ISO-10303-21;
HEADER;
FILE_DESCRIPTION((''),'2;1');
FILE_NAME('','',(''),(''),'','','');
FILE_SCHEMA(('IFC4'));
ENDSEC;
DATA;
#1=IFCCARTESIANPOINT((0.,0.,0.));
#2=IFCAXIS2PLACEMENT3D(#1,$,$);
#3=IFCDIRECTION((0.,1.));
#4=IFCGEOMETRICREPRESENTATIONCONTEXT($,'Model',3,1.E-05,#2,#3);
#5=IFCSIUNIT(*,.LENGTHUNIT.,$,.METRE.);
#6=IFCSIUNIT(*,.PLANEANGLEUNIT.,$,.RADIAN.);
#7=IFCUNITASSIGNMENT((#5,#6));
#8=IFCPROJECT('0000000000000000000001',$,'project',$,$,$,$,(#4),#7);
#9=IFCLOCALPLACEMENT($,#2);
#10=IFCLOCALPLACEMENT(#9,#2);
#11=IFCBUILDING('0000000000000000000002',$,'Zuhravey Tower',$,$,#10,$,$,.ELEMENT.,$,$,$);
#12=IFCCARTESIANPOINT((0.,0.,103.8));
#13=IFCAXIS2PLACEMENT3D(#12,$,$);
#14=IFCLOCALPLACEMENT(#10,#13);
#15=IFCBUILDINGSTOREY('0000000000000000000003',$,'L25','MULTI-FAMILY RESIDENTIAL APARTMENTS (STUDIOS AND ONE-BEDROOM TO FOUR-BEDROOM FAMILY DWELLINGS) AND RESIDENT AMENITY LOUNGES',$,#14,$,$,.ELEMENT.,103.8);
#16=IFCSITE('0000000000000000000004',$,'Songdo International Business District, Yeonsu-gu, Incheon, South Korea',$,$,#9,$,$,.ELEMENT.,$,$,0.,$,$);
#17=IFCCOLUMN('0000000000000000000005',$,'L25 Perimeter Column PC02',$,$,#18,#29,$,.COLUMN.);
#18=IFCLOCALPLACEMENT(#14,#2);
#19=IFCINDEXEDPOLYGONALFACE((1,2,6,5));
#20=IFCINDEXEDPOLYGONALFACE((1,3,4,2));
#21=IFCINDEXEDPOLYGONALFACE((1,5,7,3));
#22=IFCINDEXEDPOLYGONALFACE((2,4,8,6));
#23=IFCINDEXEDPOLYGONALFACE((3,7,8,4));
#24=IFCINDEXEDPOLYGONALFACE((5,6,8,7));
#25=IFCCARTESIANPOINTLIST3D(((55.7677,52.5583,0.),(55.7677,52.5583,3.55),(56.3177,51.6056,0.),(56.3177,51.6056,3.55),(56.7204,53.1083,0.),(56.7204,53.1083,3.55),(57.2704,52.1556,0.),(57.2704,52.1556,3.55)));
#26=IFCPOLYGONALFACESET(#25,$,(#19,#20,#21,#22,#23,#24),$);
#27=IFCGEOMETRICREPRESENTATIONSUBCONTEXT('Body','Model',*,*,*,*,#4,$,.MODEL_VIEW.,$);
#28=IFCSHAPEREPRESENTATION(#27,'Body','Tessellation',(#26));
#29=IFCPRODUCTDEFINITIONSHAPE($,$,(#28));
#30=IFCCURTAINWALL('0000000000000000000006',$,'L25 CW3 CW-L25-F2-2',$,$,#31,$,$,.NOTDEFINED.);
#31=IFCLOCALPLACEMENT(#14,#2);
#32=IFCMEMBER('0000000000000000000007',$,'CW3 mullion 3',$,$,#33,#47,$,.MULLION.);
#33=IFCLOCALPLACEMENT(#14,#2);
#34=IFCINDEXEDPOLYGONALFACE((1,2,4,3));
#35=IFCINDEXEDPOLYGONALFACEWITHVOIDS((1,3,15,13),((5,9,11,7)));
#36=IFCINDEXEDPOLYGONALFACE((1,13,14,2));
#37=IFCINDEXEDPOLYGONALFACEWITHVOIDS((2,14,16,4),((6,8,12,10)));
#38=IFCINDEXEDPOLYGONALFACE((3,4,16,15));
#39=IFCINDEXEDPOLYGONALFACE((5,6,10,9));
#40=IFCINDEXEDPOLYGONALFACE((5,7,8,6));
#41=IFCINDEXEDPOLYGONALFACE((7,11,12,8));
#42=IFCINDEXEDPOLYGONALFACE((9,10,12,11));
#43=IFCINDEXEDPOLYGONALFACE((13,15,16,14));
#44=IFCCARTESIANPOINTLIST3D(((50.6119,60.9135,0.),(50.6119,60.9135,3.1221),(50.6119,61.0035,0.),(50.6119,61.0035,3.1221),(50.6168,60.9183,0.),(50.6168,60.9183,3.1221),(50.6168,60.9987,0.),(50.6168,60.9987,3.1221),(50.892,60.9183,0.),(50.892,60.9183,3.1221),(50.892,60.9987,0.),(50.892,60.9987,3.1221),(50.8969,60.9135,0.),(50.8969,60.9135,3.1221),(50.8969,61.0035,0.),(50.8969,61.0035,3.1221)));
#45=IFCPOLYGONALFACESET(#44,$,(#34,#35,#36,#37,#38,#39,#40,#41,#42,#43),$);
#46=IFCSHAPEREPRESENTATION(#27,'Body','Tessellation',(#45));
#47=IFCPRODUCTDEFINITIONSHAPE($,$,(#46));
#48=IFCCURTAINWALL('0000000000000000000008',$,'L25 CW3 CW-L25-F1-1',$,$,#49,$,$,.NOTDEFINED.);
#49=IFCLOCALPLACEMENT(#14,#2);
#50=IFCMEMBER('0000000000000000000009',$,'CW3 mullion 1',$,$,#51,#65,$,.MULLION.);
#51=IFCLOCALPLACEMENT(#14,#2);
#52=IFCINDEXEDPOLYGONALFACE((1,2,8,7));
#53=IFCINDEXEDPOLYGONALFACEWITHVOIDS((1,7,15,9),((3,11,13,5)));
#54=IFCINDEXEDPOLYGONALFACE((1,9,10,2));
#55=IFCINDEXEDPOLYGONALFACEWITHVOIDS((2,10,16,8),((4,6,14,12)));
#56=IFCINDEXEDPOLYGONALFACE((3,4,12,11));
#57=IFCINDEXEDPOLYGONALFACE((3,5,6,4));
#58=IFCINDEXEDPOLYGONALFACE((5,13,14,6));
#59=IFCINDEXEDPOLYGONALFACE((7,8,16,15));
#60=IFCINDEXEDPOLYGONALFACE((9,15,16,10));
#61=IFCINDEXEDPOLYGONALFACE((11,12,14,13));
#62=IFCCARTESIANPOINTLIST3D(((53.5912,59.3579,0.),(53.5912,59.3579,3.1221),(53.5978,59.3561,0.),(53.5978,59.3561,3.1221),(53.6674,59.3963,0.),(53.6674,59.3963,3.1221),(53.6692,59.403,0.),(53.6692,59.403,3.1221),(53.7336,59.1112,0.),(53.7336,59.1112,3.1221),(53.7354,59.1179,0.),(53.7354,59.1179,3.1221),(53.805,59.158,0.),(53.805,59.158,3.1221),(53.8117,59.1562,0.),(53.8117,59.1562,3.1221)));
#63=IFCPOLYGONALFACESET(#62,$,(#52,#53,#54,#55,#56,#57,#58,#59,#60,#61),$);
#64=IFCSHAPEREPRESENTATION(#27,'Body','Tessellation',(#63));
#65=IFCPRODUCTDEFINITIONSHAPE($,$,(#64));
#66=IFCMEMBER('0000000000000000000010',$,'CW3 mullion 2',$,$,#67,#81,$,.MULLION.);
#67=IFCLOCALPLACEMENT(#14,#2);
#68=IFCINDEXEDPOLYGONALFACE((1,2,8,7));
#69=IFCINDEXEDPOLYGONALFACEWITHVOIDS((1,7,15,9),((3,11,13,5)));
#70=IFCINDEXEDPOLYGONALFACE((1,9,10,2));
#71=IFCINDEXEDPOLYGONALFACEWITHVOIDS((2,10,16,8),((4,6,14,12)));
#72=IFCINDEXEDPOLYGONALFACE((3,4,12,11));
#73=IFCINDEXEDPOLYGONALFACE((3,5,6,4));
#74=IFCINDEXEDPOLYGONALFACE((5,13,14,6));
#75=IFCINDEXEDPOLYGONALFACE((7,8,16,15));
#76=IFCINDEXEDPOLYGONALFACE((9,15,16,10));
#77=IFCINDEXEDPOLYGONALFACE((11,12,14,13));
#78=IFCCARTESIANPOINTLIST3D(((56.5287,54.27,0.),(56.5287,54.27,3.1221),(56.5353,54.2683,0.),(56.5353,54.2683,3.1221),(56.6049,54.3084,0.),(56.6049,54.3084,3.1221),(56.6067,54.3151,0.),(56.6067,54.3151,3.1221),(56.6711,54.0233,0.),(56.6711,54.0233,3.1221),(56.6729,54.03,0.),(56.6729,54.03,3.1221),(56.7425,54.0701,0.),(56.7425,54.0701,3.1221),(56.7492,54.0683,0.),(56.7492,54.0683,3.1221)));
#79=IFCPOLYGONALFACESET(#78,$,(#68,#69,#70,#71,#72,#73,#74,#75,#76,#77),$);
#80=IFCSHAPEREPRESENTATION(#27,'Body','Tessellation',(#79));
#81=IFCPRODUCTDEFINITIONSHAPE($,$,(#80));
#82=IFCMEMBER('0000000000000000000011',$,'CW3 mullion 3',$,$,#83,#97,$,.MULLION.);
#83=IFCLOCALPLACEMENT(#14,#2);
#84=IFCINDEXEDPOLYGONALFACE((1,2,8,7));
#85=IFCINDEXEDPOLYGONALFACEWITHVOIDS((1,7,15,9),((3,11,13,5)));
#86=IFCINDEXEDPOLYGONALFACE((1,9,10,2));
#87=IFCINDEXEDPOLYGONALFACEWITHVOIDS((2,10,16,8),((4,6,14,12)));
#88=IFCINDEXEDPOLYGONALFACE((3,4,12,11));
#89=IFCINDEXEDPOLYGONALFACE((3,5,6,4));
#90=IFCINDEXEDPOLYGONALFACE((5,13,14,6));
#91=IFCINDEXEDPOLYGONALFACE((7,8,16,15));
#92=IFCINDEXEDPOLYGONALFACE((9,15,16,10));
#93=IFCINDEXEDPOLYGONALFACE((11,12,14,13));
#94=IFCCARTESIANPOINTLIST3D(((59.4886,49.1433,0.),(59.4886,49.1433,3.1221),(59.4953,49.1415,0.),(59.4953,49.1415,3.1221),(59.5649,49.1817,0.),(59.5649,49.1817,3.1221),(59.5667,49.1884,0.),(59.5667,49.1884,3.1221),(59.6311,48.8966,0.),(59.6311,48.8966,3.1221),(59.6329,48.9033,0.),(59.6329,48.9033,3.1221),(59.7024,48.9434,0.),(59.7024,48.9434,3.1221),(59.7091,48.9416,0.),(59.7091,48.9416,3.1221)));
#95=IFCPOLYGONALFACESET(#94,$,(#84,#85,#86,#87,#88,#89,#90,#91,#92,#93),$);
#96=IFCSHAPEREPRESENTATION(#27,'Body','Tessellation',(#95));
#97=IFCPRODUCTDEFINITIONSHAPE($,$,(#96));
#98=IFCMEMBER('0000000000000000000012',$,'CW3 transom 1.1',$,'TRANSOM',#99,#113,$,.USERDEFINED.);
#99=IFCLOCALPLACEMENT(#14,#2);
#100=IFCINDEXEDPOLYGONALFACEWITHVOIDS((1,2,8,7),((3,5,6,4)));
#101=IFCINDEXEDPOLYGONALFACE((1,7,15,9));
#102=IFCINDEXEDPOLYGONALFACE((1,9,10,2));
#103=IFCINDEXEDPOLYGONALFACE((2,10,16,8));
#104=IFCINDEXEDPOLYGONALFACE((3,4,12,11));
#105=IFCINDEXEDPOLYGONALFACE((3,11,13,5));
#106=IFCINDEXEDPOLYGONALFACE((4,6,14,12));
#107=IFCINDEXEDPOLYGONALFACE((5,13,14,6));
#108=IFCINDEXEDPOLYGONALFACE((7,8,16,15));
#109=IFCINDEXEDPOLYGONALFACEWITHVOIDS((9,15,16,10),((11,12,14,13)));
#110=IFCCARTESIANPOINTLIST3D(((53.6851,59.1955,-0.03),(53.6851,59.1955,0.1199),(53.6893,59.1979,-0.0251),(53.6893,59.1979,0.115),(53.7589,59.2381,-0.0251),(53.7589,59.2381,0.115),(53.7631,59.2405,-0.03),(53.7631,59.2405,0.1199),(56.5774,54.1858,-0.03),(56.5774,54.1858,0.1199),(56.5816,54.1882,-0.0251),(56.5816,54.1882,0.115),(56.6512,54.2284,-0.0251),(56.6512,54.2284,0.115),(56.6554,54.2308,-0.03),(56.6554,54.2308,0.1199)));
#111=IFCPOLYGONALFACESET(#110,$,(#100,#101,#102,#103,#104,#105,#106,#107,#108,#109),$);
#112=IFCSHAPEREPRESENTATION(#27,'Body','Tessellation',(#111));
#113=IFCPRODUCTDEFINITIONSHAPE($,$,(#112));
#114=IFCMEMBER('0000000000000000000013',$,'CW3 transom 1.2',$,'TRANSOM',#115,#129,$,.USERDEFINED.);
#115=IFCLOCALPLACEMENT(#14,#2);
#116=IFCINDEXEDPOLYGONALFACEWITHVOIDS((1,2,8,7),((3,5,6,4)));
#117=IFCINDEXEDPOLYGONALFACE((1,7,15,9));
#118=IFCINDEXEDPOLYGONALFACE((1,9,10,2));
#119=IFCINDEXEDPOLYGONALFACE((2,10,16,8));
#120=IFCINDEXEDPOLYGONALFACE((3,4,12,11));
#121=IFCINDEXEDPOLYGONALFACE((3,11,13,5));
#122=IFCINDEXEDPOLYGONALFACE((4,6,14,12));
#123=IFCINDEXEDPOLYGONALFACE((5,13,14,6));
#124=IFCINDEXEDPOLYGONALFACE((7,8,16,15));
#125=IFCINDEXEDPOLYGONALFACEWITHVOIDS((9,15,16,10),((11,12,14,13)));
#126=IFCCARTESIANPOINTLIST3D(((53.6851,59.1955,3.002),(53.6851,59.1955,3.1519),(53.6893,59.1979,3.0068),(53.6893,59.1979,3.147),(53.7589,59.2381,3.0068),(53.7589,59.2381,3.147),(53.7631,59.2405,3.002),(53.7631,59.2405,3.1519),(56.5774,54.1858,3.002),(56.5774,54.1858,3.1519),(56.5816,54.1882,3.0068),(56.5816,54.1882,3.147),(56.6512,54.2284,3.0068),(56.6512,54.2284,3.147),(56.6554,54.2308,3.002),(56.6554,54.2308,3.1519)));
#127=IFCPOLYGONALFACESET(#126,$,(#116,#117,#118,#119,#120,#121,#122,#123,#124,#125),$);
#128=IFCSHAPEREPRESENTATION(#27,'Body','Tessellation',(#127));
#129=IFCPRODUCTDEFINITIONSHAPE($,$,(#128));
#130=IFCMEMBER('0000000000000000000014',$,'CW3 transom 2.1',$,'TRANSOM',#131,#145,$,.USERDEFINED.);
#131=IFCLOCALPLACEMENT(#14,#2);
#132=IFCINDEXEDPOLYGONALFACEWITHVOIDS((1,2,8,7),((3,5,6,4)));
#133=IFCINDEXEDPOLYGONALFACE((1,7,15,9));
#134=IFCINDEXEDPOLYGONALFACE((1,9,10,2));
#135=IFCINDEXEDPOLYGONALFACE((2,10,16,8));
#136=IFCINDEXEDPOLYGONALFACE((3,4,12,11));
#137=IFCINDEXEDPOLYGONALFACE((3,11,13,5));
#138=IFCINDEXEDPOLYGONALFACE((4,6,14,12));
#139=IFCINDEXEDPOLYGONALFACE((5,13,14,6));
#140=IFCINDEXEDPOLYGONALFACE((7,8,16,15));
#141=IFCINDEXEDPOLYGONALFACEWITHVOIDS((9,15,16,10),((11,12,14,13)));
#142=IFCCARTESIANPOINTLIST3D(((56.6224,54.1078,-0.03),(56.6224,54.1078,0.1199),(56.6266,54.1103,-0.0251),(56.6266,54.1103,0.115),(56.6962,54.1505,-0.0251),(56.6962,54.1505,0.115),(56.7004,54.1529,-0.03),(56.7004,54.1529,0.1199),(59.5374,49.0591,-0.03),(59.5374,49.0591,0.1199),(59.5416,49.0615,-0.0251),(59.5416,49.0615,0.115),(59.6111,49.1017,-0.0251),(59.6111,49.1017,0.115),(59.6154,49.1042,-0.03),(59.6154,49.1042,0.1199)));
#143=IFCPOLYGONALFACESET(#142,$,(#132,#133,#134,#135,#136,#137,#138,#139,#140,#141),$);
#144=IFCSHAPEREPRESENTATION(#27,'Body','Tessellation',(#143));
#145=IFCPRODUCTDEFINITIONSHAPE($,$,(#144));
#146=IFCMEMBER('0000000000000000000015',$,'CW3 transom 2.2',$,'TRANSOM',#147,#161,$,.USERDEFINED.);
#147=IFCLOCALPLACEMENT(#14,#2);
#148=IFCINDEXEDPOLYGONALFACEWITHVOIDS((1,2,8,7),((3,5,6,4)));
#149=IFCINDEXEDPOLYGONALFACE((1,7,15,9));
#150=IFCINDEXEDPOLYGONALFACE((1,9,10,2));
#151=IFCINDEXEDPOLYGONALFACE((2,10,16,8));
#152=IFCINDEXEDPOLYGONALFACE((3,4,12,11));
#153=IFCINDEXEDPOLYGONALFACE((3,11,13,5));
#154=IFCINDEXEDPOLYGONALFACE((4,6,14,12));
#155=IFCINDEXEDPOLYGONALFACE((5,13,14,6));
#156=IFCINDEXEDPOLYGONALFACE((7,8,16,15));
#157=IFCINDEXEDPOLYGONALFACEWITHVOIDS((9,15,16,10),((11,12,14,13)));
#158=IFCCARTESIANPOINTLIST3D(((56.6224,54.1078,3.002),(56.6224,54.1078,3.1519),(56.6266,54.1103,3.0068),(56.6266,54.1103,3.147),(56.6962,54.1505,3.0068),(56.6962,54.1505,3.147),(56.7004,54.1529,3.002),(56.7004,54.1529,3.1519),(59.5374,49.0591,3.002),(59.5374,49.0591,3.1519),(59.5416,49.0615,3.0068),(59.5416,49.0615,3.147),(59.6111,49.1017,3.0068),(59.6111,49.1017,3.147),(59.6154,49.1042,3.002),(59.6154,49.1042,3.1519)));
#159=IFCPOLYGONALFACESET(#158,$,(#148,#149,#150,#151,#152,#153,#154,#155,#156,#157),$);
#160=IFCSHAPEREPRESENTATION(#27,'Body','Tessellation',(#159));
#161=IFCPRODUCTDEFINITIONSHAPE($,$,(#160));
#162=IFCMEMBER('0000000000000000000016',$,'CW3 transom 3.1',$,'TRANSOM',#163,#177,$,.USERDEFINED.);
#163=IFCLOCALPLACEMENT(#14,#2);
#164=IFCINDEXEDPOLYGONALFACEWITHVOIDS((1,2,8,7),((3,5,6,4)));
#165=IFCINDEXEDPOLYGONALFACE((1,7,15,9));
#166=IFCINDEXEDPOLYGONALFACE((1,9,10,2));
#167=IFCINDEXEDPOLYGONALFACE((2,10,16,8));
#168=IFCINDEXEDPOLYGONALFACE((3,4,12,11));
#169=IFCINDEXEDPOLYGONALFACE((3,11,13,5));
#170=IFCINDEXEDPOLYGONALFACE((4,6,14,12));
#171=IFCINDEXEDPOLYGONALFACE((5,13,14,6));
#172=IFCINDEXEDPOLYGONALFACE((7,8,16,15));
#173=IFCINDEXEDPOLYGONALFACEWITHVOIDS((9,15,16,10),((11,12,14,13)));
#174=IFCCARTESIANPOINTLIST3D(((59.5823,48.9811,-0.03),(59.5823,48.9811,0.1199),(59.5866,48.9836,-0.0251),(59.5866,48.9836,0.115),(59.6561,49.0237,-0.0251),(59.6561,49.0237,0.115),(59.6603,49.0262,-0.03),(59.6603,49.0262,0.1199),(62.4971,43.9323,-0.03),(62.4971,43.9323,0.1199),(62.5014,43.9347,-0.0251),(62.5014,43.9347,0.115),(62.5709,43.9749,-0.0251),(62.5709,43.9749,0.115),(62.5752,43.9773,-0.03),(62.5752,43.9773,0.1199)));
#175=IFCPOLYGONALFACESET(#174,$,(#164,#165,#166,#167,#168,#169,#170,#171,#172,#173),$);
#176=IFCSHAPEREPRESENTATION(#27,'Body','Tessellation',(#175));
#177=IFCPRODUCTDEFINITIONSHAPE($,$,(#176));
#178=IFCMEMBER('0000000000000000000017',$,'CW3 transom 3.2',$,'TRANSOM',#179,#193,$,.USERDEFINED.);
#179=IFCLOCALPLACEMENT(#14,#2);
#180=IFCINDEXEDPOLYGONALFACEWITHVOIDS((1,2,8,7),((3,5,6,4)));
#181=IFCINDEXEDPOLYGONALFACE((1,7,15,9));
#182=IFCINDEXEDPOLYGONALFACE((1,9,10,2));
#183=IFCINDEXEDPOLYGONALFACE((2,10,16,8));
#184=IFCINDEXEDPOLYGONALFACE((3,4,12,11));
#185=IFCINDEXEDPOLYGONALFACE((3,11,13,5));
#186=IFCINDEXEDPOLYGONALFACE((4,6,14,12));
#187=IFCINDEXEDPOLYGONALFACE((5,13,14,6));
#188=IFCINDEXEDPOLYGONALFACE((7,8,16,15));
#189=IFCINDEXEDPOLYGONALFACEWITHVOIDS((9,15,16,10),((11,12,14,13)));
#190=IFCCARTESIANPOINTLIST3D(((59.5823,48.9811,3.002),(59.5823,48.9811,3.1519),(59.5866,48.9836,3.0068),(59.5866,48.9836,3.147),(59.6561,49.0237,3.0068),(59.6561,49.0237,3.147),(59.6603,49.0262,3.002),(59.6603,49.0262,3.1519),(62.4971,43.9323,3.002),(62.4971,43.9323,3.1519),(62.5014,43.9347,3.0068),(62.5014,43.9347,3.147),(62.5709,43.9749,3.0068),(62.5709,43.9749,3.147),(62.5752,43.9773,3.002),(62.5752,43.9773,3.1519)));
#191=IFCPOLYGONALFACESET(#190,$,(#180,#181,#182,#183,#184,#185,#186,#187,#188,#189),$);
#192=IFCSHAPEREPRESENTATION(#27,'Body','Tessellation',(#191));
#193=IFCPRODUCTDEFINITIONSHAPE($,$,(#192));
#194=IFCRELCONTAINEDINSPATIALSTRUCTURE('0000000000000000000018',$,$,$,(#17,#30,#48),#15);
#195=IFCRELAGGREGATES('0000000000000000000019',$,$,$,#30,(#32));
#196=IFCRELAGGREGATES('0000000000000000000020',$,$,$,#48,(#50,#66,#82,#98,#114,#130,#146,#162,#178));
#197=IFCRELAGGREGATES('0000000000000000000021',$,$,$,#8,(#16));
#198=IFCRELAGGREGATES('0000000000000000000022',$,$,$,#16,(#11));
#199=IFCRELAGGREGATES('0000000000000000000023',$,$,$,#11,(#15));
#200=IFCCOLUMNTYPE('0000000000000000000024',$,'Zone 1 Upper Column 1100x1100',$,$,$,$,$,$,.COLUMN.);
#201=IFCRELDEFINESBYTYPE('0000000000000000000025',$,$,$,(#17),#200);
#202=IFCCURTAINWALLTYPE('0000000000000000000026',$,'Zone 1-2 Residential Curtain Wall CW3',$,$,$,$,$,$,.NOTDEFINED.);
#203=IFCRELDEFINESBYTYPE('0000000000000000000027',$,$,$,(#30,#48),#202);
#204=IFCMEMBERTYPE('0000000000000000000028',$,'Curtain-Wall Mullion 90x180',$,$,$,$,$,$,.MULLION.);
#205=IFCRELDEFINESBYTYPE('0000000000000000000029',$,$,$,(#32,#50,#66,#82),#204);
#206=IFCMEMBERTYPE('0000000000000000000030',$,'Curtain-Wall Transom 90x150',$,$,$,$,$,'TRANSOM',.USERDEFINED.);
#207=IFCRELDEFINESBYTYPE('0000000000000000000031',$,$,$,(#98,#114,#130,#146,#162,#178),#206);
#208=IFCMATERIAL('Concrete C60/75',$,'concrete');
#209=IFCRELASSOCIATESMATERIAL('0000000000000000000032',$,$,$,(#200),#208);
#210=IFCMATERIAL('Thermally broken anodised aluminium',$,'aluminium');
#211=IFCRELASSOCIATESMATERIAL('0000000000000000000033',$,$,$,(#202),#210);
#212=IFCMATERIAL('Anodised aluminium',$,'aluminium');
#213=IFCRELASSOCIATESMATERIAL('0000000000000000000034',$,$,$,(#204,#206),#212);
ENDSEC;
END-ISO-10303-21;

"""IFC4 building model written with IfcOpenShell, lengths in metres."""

from ifc_helpers import new_model, si_unit, direction, frame, origin, origin_2d, place, context, subcontext, project, spatial, rectangle, hollow_rectangle, extrude, material, material_profile, profile_set, type_object, element, aggregate, save


model = new_model("IFC4")

# Units and contexts
model_context = context("Model", 3, precision=1e-05, world=origin(), true_north=direction((0.0, 1.0)))
body_context = subcontext(model_context, "Body", "Model", "MODEL_VIEW")
ifc_project = project(units=[si_unit("LENGTHUNIT", "METRE"), si_unit("PLANEANGLEUNIT", "RADIAN")], contexts=[model_context])

# Site, building, storey
site_placement = place(None, origin())
site = spatial("IfcSite", under=ifc_project, at=site_placement, Name="Songdo International Business District, Yeonsu-gu, Incheon, South Korea", CompositionType="ELEMENT", RefElevation=0.0)
building_placement = place(site_placement, origin())
building = spatial("IfcBuilding", under=site, at=building_placement, Name="Zuhravey Tower", CompositionType="ELEMENT")
storey_placement = place(building_placement, frame((0.0, 0.0, 103.8)))
storey = spatial("IfcBuildingStorey", under=building, at=storey_placement, Name="L25", Description="MULTI-FAMILY RESIDENTIAL APARTMENTS (STUDIOS AND ONE-BEDROOM TO FOUR-BEDROOM FAMILY DWELLINGS) AND RESIDENT AMENITY LOUNGES", CompositionType="ELEMENT", Elevation=103.8)

# Column
ifc_material_1 = material(Name="Concrete C60/75", Category="concrete")
ifc_material_profile_1 = material_profile(ifc_material_1, rectangle(XDim=1.1001, YDim=1.1001, at=origin_2d()), Name="RC-1100x1100")
ifc_profile_set_1 = profile_set([ifc_material_profile_1], Name="Concrete C60/75")
column_type = type_object("IfcColumnType", Name="Zone 1 Upper Column 1100x1100", PredefinedType="COLUMN", material=ifc_profile_set_1)
column_placement = place(storey_placement, frame((56.519, 52.3569, 0.0), z_axis=(0.0, 0.0, 1.0), x_axis=(-0.5, 0.866025, 0.0)))
element("IfcColumn", 1, at=column_placement, inside=storey, type_object=column_type, Name="L25 Perimeter Column PC02", PredefinedType="COLUMN", context=body_context, shape_type="SweptSolid", body=[
    extrude(rectangle(XDim=1.1001, YDim=1.1001, at=origin_2d()), origin(), (0.0, 0.0, 1.0), 3.55),
])

# Curtain wall, member
ifc_material_2 = material(Name="Thermally broken anodised aluminium", Category="aluminium")
curtain_wall_type = type_object("IfcCurtainWallType", Name="Zone 1-2 Residential Curtain Wall CW3", PredefinedType="NOTDEFINED", material=ifc_material_2)
curtain_wall_1_placement = place(storey_placement, origin())
curtain_wall_1 = element("IfcCurtainWall", 2, at=curtain_wall_1_placement, inside=storey, type_object=curtain_wall_type, Name="L25 CW3 CW-L25-F2-2", PredefinedType="NOTDEFINED")
ifc_material_3 = material(Name="Anodised aluminium", Category="aluminium")
ifc_material_profile_2 = material_profile(ifc_material_3, hollow_rectangle(XDim=0.0901, YDim=0.2849, WallThickness=0.0049, at=origin_2d()), Name="ALU-RHS-90x285x5")
ifc_profile_set_2 = profile_set([ifc_material_profile_2], Name="Anodised aluminium")
member_type_1 = type_object("IfcMemberType", Name="Curtain-Wall Mullion 90x180", PredefinedType="MULLION", material=ifc_profile_set_2)
member_1_placement = place(storey_placement, frame((50.7544, 60.9585, 0.0), z_axis=(0.0, 0.0, 1.0), x_axis=(0.0, 1.0, 0.0)))
member_1 = element("IfcMember", 3, at=member_1_placement, type_object=member_type_1, Name="CW3 mullion 3", PredefinedType="MULLION", context=body_context, shape_type="SweptSolid", body=[
    extrude(hollow_rectangle(XDim=0.0901, YDim=0.2849, WallThickness=0.0049, at=origin_2d()), origin(), (0.0, 0.0, 1.0), 3.1221),
])

# Curtain wall, members
curtain_wall_2_placement = place(storey_placement, origin())
curtain_wall_2 = element("IfcCurtainWall", 4, at=curtain_wall_2_placement, inside=storey, type_object=curtain_wall_type, Name="L25 CW3 CW-L25-F1-1", PredefinedType="NOTDEFINED")
member_2_placement = place(storey_placement, frame((53.7014, 59.2571, 0.0), z_axis=(0.0, 0.0, 1.0), x_axis=(0.866026, 0.5, 0.0)))
member_2 = element("IfcMember", 5, at=member_2_placement, type_object=member_type_1, Name="CW3 mullion 1", PredefinedType="MULLION", context=body_context, shape_type="SweptSolid", body=[
    extrude(hollow_rectangle(XDim=0.0901, YDim=0.2849, WallThickness=0.0049, at=origin_2d()), origin(), (0.0, 0.0, 1.0), 3.1221),
])
member_3_placement = place(storey_placement, frame((56.6389, 54.1692, 0.0), z_axis=(0.0, 0.0, 1.0), x_axis=(0.866026, 0.5, 0.0)))
member_3 = element("IfcMember", 6, at=member_3_placement, type_object=member_type_1, Name="CW3 mullion 2", PredefinedType="MULLION", context=body_context, shape_type="SweptSolid", body=[
    extrude(hollow_rectangle(XDim=0.0901, YDim=0.2849, WallThickness=0.0049, at=origin_2d()), origin(), (0.0, 0.0, 1.0), 3.1221),
])
member_4_placement = place(storey_placement, frame((59.5989, 49.0425, 0.0), z_axis=(0.0, 0.0, 1.0), x_axis=(0.866026, 0.5, 0.0)))
member_4 = element("IfcMember", 7, at=member_4_placement, type_object=member_type_1, Name="CW3 mullion 3", PredefinedType="MULLION", context=body_context, shape_type="SweptSolid", body=[
    extrude(hollow_rectangle(XDim=0.0901, YDim=0.2849, WallThickness=0.0049, at=origin_2d()), origin(), (0.0, 0.0, 1.0), 3.1221),
])
ifc_material_profile_3 = material_profile(ifc_material_3, hollow_rectangle(XDim=0.0901, YDim=0.1499, WallThickness=0.0049, at=origin_2d()), Name="ALU-RHS-90x150x5")
ifc_profile_set_3 = profile_set([ifc_material_profile_3], Name="Anodised aluminium")
member_type_2 = type_object("IfcMemberType", Name="Curtain-Wall Transom 90x150", ElementType="TRANSOM", PredefinedType="USERDEFINED", material=ifc_profile_set_3)
member_5_placement = place(storey_placement, frame((53.7241, 59.218, 0.0449), z_axis=(0.499993, -0.86603, 0.0), x_axis=(0.86603, 0.499993, 0.0)))
member_5 = element("IfcMember", 8, at=member_5_placement, type_object=member_type_2, Name="CW3 transom 1.1", ObjectType="TRANSOM", PredefinedType="USERDEFINED", context=body_context, shape_type="SweptSolid", body=[
    extrude(hollow_rectangle(XDim=0.0901, YDim=0.1499, WallThickness=0.0049, at=origin_2d()), origin(), (0.0, 0.0, 1.0), 5.7847),
])
member_6_placement = place(storey_placement, frame((53.7241, 59.218, 3.0769), z_axis=(0.499993, -0.86603, 0.0), x_axis=(0.86603, 0.499993, 0.0)))
member_6 = element("IfcMember", 9, at=member_6_placement, type_object=member_type_2, Name="CW3 transom 1.2", ObjectType="TRANSOM", PredefinedType="USERDEFINED", context=body_context, shape_type="SweptSolid", body=[
    extrude(hollow_rectangle(XDim=0.0901, YDim=0.1499, WallThickness=0.0049, at=origin_2d()), origin(), (0.0, 0.0, 1.0), 5.7847),
])
member_7_placement = place(storey_placement, frame((56.6614, 54.1304, 0.0449), z_axis=(0.500012, -0.866018, 0.0), x_axis=(0.866018, 0.500012, 0.0)))
member_7 = element("IfcMember", 10, at=member_7_placement, type_object=member_type_2, Name="CW3 transom 2.1", ObjectType="TRANSOM", PredefinedType="USERDEFINED", context=body_context, shape_type="SweptSolid", body=[
    extrude(hollow_rectangle(XDim=0.0901, YDim=0.1499, WallThickness=0.0049, at=origin_2d()), origin(), (0.0, 0.0, 1.0), 5.8298),
])
member_8_placement = place(storey_placement, frame((56.6614, 54.1304, 3.0769), z_axis=(0.500012, -0.866018, 0.0), x_axis=(0.866018, 0.500012, 0.0)))
member_8 = element("IfcMember", 11, at=member_8_placement, type_object=member_type_2, Name="CW3 transom 2.2", ObjectType="TRANSOM", PredefinedType="USERDEFINED", context=body_context, shape_type="SweptSolid", body=[
    extrude(hollow_rectangle(XDim=0.0901, YDim=0.1499, WallThickness=0.0049, at=origin_2d()), origin(), (0.0, 0.0, 1.0), 5.8298),
])
member_9_placement = place(storey_placement, frame((59.6213, 49.0037, 0.0449), z_axis=(0.499981, -0.866036, 0.0), x_axis=(0.866036, 0.499981, 0.0)))
member_9 = element("IfcMember", 12, at=member_9_placement, type_object=member_type_2, Name="CW3 transom 3.1", ObjectType="TRANSOM", PredefinedType="USERDEFINED", context=body_context, shape_type="SweptSolid", body=[
    extrude(hollow_rectangle(XDim=0.0901, YDim=0.1499, WallThickness=0.0049, at=origin_2d()), origin(), (0.0, 0.0, 1.0), 5.8298),
])
member_10_placement = place(storey_placement, frame((59.6213, 49.0037, 3.0769), z_axis=(0.499981, -0.866036, 0.0), x_axis=(0.866036, 0.499981, 0.0)))
member_10 = element("IfcMember", 13, at=member_10_placement, type_object=member_type_2, Name="CW3 transom 3.2", ObjectType="TRANSOM", PredefinedType="USERDEFINED", context=body_context, shape_type="SweptSolid", body=[
    extrude(hollow_rectangle(XDim=0.0901, YDim=0.1499, WallThickness=0.0049, at=origin_2d()), origin(), (0.0, 0.0, 1.0), 5.8298),
])

aggregate(curtain_wall_1, [member_1])
aggregate(curtain_wall_2, [member_2, member_3, member_4, member_5, member_6, member_7, member_8, member_9, member_10])

save(model, "model.ifc")
